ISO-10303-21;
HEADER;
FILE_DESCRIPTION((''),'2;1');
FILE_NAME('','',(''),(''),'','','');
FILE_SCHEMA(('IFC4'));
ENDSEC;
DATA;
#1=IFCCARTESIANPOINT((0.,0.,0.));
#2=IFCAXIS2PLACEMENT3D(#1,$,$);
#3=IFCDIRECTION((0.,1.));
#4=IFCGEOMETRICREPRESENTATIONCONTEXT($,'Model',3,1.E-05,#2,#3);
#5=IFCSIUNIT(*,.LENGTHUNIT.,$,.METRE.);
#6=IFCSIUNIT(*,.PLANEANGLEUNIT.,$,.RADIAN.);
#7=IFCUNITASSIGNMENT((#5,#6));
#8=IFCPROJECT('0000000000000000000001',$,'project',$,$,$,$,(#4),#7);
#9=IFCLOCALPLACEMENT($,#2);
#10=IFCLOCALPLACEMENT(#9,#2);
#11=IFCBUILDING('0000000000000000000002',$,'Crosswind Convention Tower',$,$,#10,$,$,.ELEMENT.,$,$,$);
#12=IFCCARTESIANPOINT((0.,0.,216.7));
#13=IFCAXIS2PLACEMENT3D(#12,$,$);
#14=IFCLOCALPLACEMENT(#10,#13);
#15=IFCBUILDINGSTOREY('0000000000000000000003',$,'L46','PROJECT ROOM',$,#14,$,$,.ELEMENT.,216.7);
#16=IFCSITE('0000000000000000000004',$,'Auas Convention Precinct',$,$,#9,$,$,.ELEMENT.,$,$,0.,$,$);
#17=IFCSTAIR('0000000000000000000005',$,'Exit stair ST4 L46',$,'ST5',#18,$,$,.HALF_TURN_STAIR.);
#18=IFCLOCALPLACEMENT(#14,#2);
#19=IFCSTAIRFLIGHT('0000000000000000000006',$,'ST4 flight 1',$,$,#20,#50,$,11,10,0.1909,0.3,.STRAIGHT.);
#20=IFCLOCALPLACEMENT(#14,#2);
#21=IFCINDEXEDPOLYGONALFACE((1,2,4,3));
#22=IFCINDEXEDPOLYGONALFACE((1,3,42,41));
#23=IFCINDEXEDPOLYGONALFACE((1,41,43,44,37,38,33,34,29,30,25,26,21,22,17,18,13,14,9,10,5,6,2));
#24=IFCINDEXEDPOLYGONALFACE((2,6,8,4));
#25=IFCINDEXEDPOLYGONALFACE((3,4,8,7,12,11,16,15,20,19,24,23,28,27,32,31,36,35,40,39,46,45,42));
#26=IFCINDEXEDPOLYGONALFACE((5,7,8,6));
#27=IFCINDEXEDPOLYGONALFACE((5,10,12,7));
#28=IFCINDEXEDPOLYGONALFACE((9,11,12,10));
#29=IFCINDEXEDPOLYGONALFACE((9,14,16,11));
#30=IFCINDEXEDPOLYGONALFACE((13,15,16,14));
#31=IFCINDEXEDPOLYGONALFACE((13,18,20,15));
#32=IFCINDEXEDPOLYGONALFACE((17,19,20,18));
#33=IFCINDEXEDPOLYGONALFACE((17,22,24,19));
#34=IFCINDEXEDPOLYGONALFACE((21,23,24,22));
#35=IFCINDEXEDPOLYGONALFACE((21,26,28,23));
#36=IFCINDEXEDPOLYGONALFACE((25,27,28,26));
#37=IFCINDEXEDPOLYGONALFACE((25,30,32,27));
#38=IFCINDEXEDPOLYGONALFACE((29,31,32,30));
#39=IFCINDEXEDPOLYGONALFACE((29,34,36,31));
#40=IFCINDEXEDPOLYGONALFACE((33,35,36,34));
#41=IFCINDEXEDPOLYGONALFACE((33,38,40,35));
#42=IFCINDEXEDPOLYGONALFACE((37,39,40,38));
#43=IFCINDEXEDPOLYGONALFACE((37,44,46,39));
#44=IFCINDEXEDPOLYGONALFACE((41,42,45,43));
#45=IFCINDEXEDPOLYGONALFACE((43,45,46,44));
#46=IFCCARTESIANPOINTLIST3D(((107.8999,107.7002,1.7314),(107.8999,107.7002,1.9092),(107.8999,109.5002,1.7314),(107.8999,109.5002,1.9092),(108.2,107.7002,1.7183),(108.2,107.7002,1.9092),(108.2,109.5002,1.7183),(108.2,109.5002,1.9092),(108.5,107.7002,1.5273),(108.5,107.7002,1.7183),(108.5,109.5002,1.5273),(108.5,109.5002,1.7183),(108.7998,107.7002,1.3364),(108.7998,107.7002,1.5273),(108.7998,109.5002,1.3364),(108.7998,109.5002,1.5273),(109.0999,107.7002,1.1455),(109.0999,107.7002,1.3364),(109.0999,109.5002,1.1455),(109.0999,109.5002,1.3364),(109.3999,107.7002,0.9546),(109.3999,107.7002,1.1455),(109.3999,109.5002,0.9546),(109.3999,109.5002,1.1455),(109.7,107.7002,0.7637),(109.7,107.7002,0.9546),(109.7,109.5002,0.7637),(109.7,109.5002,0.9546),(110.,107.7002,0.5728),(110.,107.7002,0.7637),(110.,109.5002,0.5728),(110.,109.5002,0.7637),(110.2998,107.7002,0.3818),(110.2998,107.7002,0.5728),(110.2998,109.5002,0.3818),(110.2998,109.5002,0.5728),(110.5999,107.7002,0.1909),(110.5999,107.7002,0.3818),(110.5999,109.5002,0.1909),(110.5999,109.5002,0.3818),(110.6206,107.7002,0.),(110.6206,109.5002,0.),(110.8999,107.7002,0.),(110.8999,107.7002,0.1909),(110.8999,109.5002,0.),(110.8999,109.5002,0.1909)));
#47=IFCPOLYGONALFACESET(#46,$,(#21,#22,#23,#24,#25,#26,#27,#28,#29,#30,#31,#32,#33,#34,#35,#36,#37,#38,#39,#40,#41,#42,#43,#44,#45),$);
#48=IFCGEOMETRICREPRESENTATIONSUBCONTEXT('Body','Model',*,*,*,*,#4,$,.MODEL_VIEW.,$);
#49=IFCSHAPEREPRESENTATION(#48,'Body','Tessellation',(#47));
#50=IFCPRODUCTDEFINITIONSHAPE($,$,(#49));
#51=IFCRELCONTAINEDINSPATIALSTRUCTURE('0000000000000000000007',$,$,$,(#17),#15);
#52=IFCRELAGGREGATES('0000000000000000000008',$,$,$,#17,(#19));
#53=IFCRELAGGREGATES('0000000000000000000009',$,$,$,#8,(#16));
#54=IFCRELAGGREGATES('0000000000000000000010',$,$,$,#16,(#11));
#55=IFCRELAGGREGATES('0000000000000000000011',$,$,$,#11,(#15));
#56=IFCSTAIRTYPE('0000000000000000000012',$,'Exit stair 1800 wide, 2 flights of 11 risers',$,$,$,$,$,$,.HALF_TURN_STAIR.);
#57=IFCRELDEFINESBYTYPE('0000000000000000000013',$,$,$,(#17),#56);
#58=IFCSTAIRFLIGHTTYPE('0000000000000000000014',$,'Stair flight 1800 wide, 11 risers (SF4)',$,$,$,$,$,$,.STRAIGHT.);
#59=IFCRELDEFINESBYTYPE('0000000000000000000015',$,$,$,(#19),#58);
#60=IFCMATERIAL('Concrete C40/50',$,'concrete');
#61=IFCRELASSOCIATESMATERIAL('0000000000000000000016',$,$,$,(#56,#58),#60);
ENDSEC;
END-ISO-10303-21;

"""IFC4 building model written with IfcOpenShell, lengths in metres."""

from ifc_helpers import new_model, si_unit, direction, frame, origin, place, context, subcontext, project, spatial, polyline, outline, extrude, material, type_object, element, aggregate, save


model = new_model("IFC4")

# Units and contexts
model_context = context("Model", 3, precision=1e-05, world=origin(), true_north=direction((0.0, 1.0)))
body_context = subcontext(model_context, "Body", "Model", "MODEL_VIEW")
ifc_project = project(units=[si_unit("LENGTHUNIT", "METRE"), si_unit("PLANEANGLEUNIT", "RADIAN")], contexts=[model_context])

# Site, building, storey
site_placement = place(None, origin())
site = spatial("IfcSite", under=ifc_project, at=site_placement, Name="Auas Convention Precinct", CompositionType="ELEMENT", RefElevation=0.0)
building_placement = place(site_placement, origin())
building = spatial("IfcBuilding", under=site, at=building_placement, Name="Crosswind Convention Tower", CompositionType="ELEMENT")
storey_placement = place(building_placement, frame((0.0, 0.0, 216.7)))
storey = spatial("IfcBuildingStorey", under=building, at=storey_placement, Name="L46", Description="PROJECT ROOM", CompositionType="ELEMENT", Elevation=216.7)

# Stair, stair flight
ifc_material_1 = material(Name="Concrete C40/50", Category="concrete")
stair_type = type_object("IfcStairType", Name="Exit stair 1800 wide, 2 flights of 11 risers", PredefinedType="HALF_TURN_STAIR", material=ifc_material_1)
stair_placement = place(storey_placement, origin())
stair = element("IfcStair", 1, at=stair_placement, inside=storey, type_object=stair_type, Name="Exit stair ST4 L46", ObjectType="ST5", PredefinedType="HALF_TURN_STAIR")
stair_flight_type = type_object("IfcStairFlightType", Name="Stair flight 1800 wide, 11 risers (SF4)", PredefinedType="STRAIGHT", material=ifc_material_1)
stair_flight_placement = place(storey_placement, frame((110.8999, 108.6001, 0.0), z_axis=(0.0, 0.0, 1.0), x_axis=(-1.0, 0.0, 0.0)))
stair_flight = element("IfcStairFlight", 2, at=stair_flight_placement, type_object=stair_flight_type, Name="ST4 flight 1", NumberOfRisers=11, NumberOfTreads=10, PredefinedType="STRAIGHT", RiserHeight=0.1909, TreadLength=0.3, context=body_context, shape_type="SweptSolid", body=[
    extrude(outline(polyline([(0.0, 0.0), (0.0, 0.1909), (0.3, 0.1909), (0.3, 0.3818), (0.6001, 0.3818), (0.6001, 0.5728), (0.8999, 0.5728), (0.8999, 0.7637), (1.2, 0.7637), (1.2, 0.9546), (1.5, 0.9546), (1.5, 1.1455), (1.8, 1.1455), (1.8, 1.3364), (2.1001, 1.3364), (2.1001, 1.5273), (2.3999, 1.5273), (2.3999, 1.7183), (2.7, 1.7183), (2.7, 1.9092), (3.0, 1.9092), (3.0, 2.1001), (3.0, 1.7314), (0.2793, 0.0), (0.0, 0.0)])), frame((0.0, 0.8999, 0.0), z_axis=(0.0, -1.0, 0.0), x_axis=(1.0, 0.0, 0.0)), (0.0, 0.0, 1.0), 1.8),
])
aggregate(stair, [stair_flight])

save(model, "model.ifc")
